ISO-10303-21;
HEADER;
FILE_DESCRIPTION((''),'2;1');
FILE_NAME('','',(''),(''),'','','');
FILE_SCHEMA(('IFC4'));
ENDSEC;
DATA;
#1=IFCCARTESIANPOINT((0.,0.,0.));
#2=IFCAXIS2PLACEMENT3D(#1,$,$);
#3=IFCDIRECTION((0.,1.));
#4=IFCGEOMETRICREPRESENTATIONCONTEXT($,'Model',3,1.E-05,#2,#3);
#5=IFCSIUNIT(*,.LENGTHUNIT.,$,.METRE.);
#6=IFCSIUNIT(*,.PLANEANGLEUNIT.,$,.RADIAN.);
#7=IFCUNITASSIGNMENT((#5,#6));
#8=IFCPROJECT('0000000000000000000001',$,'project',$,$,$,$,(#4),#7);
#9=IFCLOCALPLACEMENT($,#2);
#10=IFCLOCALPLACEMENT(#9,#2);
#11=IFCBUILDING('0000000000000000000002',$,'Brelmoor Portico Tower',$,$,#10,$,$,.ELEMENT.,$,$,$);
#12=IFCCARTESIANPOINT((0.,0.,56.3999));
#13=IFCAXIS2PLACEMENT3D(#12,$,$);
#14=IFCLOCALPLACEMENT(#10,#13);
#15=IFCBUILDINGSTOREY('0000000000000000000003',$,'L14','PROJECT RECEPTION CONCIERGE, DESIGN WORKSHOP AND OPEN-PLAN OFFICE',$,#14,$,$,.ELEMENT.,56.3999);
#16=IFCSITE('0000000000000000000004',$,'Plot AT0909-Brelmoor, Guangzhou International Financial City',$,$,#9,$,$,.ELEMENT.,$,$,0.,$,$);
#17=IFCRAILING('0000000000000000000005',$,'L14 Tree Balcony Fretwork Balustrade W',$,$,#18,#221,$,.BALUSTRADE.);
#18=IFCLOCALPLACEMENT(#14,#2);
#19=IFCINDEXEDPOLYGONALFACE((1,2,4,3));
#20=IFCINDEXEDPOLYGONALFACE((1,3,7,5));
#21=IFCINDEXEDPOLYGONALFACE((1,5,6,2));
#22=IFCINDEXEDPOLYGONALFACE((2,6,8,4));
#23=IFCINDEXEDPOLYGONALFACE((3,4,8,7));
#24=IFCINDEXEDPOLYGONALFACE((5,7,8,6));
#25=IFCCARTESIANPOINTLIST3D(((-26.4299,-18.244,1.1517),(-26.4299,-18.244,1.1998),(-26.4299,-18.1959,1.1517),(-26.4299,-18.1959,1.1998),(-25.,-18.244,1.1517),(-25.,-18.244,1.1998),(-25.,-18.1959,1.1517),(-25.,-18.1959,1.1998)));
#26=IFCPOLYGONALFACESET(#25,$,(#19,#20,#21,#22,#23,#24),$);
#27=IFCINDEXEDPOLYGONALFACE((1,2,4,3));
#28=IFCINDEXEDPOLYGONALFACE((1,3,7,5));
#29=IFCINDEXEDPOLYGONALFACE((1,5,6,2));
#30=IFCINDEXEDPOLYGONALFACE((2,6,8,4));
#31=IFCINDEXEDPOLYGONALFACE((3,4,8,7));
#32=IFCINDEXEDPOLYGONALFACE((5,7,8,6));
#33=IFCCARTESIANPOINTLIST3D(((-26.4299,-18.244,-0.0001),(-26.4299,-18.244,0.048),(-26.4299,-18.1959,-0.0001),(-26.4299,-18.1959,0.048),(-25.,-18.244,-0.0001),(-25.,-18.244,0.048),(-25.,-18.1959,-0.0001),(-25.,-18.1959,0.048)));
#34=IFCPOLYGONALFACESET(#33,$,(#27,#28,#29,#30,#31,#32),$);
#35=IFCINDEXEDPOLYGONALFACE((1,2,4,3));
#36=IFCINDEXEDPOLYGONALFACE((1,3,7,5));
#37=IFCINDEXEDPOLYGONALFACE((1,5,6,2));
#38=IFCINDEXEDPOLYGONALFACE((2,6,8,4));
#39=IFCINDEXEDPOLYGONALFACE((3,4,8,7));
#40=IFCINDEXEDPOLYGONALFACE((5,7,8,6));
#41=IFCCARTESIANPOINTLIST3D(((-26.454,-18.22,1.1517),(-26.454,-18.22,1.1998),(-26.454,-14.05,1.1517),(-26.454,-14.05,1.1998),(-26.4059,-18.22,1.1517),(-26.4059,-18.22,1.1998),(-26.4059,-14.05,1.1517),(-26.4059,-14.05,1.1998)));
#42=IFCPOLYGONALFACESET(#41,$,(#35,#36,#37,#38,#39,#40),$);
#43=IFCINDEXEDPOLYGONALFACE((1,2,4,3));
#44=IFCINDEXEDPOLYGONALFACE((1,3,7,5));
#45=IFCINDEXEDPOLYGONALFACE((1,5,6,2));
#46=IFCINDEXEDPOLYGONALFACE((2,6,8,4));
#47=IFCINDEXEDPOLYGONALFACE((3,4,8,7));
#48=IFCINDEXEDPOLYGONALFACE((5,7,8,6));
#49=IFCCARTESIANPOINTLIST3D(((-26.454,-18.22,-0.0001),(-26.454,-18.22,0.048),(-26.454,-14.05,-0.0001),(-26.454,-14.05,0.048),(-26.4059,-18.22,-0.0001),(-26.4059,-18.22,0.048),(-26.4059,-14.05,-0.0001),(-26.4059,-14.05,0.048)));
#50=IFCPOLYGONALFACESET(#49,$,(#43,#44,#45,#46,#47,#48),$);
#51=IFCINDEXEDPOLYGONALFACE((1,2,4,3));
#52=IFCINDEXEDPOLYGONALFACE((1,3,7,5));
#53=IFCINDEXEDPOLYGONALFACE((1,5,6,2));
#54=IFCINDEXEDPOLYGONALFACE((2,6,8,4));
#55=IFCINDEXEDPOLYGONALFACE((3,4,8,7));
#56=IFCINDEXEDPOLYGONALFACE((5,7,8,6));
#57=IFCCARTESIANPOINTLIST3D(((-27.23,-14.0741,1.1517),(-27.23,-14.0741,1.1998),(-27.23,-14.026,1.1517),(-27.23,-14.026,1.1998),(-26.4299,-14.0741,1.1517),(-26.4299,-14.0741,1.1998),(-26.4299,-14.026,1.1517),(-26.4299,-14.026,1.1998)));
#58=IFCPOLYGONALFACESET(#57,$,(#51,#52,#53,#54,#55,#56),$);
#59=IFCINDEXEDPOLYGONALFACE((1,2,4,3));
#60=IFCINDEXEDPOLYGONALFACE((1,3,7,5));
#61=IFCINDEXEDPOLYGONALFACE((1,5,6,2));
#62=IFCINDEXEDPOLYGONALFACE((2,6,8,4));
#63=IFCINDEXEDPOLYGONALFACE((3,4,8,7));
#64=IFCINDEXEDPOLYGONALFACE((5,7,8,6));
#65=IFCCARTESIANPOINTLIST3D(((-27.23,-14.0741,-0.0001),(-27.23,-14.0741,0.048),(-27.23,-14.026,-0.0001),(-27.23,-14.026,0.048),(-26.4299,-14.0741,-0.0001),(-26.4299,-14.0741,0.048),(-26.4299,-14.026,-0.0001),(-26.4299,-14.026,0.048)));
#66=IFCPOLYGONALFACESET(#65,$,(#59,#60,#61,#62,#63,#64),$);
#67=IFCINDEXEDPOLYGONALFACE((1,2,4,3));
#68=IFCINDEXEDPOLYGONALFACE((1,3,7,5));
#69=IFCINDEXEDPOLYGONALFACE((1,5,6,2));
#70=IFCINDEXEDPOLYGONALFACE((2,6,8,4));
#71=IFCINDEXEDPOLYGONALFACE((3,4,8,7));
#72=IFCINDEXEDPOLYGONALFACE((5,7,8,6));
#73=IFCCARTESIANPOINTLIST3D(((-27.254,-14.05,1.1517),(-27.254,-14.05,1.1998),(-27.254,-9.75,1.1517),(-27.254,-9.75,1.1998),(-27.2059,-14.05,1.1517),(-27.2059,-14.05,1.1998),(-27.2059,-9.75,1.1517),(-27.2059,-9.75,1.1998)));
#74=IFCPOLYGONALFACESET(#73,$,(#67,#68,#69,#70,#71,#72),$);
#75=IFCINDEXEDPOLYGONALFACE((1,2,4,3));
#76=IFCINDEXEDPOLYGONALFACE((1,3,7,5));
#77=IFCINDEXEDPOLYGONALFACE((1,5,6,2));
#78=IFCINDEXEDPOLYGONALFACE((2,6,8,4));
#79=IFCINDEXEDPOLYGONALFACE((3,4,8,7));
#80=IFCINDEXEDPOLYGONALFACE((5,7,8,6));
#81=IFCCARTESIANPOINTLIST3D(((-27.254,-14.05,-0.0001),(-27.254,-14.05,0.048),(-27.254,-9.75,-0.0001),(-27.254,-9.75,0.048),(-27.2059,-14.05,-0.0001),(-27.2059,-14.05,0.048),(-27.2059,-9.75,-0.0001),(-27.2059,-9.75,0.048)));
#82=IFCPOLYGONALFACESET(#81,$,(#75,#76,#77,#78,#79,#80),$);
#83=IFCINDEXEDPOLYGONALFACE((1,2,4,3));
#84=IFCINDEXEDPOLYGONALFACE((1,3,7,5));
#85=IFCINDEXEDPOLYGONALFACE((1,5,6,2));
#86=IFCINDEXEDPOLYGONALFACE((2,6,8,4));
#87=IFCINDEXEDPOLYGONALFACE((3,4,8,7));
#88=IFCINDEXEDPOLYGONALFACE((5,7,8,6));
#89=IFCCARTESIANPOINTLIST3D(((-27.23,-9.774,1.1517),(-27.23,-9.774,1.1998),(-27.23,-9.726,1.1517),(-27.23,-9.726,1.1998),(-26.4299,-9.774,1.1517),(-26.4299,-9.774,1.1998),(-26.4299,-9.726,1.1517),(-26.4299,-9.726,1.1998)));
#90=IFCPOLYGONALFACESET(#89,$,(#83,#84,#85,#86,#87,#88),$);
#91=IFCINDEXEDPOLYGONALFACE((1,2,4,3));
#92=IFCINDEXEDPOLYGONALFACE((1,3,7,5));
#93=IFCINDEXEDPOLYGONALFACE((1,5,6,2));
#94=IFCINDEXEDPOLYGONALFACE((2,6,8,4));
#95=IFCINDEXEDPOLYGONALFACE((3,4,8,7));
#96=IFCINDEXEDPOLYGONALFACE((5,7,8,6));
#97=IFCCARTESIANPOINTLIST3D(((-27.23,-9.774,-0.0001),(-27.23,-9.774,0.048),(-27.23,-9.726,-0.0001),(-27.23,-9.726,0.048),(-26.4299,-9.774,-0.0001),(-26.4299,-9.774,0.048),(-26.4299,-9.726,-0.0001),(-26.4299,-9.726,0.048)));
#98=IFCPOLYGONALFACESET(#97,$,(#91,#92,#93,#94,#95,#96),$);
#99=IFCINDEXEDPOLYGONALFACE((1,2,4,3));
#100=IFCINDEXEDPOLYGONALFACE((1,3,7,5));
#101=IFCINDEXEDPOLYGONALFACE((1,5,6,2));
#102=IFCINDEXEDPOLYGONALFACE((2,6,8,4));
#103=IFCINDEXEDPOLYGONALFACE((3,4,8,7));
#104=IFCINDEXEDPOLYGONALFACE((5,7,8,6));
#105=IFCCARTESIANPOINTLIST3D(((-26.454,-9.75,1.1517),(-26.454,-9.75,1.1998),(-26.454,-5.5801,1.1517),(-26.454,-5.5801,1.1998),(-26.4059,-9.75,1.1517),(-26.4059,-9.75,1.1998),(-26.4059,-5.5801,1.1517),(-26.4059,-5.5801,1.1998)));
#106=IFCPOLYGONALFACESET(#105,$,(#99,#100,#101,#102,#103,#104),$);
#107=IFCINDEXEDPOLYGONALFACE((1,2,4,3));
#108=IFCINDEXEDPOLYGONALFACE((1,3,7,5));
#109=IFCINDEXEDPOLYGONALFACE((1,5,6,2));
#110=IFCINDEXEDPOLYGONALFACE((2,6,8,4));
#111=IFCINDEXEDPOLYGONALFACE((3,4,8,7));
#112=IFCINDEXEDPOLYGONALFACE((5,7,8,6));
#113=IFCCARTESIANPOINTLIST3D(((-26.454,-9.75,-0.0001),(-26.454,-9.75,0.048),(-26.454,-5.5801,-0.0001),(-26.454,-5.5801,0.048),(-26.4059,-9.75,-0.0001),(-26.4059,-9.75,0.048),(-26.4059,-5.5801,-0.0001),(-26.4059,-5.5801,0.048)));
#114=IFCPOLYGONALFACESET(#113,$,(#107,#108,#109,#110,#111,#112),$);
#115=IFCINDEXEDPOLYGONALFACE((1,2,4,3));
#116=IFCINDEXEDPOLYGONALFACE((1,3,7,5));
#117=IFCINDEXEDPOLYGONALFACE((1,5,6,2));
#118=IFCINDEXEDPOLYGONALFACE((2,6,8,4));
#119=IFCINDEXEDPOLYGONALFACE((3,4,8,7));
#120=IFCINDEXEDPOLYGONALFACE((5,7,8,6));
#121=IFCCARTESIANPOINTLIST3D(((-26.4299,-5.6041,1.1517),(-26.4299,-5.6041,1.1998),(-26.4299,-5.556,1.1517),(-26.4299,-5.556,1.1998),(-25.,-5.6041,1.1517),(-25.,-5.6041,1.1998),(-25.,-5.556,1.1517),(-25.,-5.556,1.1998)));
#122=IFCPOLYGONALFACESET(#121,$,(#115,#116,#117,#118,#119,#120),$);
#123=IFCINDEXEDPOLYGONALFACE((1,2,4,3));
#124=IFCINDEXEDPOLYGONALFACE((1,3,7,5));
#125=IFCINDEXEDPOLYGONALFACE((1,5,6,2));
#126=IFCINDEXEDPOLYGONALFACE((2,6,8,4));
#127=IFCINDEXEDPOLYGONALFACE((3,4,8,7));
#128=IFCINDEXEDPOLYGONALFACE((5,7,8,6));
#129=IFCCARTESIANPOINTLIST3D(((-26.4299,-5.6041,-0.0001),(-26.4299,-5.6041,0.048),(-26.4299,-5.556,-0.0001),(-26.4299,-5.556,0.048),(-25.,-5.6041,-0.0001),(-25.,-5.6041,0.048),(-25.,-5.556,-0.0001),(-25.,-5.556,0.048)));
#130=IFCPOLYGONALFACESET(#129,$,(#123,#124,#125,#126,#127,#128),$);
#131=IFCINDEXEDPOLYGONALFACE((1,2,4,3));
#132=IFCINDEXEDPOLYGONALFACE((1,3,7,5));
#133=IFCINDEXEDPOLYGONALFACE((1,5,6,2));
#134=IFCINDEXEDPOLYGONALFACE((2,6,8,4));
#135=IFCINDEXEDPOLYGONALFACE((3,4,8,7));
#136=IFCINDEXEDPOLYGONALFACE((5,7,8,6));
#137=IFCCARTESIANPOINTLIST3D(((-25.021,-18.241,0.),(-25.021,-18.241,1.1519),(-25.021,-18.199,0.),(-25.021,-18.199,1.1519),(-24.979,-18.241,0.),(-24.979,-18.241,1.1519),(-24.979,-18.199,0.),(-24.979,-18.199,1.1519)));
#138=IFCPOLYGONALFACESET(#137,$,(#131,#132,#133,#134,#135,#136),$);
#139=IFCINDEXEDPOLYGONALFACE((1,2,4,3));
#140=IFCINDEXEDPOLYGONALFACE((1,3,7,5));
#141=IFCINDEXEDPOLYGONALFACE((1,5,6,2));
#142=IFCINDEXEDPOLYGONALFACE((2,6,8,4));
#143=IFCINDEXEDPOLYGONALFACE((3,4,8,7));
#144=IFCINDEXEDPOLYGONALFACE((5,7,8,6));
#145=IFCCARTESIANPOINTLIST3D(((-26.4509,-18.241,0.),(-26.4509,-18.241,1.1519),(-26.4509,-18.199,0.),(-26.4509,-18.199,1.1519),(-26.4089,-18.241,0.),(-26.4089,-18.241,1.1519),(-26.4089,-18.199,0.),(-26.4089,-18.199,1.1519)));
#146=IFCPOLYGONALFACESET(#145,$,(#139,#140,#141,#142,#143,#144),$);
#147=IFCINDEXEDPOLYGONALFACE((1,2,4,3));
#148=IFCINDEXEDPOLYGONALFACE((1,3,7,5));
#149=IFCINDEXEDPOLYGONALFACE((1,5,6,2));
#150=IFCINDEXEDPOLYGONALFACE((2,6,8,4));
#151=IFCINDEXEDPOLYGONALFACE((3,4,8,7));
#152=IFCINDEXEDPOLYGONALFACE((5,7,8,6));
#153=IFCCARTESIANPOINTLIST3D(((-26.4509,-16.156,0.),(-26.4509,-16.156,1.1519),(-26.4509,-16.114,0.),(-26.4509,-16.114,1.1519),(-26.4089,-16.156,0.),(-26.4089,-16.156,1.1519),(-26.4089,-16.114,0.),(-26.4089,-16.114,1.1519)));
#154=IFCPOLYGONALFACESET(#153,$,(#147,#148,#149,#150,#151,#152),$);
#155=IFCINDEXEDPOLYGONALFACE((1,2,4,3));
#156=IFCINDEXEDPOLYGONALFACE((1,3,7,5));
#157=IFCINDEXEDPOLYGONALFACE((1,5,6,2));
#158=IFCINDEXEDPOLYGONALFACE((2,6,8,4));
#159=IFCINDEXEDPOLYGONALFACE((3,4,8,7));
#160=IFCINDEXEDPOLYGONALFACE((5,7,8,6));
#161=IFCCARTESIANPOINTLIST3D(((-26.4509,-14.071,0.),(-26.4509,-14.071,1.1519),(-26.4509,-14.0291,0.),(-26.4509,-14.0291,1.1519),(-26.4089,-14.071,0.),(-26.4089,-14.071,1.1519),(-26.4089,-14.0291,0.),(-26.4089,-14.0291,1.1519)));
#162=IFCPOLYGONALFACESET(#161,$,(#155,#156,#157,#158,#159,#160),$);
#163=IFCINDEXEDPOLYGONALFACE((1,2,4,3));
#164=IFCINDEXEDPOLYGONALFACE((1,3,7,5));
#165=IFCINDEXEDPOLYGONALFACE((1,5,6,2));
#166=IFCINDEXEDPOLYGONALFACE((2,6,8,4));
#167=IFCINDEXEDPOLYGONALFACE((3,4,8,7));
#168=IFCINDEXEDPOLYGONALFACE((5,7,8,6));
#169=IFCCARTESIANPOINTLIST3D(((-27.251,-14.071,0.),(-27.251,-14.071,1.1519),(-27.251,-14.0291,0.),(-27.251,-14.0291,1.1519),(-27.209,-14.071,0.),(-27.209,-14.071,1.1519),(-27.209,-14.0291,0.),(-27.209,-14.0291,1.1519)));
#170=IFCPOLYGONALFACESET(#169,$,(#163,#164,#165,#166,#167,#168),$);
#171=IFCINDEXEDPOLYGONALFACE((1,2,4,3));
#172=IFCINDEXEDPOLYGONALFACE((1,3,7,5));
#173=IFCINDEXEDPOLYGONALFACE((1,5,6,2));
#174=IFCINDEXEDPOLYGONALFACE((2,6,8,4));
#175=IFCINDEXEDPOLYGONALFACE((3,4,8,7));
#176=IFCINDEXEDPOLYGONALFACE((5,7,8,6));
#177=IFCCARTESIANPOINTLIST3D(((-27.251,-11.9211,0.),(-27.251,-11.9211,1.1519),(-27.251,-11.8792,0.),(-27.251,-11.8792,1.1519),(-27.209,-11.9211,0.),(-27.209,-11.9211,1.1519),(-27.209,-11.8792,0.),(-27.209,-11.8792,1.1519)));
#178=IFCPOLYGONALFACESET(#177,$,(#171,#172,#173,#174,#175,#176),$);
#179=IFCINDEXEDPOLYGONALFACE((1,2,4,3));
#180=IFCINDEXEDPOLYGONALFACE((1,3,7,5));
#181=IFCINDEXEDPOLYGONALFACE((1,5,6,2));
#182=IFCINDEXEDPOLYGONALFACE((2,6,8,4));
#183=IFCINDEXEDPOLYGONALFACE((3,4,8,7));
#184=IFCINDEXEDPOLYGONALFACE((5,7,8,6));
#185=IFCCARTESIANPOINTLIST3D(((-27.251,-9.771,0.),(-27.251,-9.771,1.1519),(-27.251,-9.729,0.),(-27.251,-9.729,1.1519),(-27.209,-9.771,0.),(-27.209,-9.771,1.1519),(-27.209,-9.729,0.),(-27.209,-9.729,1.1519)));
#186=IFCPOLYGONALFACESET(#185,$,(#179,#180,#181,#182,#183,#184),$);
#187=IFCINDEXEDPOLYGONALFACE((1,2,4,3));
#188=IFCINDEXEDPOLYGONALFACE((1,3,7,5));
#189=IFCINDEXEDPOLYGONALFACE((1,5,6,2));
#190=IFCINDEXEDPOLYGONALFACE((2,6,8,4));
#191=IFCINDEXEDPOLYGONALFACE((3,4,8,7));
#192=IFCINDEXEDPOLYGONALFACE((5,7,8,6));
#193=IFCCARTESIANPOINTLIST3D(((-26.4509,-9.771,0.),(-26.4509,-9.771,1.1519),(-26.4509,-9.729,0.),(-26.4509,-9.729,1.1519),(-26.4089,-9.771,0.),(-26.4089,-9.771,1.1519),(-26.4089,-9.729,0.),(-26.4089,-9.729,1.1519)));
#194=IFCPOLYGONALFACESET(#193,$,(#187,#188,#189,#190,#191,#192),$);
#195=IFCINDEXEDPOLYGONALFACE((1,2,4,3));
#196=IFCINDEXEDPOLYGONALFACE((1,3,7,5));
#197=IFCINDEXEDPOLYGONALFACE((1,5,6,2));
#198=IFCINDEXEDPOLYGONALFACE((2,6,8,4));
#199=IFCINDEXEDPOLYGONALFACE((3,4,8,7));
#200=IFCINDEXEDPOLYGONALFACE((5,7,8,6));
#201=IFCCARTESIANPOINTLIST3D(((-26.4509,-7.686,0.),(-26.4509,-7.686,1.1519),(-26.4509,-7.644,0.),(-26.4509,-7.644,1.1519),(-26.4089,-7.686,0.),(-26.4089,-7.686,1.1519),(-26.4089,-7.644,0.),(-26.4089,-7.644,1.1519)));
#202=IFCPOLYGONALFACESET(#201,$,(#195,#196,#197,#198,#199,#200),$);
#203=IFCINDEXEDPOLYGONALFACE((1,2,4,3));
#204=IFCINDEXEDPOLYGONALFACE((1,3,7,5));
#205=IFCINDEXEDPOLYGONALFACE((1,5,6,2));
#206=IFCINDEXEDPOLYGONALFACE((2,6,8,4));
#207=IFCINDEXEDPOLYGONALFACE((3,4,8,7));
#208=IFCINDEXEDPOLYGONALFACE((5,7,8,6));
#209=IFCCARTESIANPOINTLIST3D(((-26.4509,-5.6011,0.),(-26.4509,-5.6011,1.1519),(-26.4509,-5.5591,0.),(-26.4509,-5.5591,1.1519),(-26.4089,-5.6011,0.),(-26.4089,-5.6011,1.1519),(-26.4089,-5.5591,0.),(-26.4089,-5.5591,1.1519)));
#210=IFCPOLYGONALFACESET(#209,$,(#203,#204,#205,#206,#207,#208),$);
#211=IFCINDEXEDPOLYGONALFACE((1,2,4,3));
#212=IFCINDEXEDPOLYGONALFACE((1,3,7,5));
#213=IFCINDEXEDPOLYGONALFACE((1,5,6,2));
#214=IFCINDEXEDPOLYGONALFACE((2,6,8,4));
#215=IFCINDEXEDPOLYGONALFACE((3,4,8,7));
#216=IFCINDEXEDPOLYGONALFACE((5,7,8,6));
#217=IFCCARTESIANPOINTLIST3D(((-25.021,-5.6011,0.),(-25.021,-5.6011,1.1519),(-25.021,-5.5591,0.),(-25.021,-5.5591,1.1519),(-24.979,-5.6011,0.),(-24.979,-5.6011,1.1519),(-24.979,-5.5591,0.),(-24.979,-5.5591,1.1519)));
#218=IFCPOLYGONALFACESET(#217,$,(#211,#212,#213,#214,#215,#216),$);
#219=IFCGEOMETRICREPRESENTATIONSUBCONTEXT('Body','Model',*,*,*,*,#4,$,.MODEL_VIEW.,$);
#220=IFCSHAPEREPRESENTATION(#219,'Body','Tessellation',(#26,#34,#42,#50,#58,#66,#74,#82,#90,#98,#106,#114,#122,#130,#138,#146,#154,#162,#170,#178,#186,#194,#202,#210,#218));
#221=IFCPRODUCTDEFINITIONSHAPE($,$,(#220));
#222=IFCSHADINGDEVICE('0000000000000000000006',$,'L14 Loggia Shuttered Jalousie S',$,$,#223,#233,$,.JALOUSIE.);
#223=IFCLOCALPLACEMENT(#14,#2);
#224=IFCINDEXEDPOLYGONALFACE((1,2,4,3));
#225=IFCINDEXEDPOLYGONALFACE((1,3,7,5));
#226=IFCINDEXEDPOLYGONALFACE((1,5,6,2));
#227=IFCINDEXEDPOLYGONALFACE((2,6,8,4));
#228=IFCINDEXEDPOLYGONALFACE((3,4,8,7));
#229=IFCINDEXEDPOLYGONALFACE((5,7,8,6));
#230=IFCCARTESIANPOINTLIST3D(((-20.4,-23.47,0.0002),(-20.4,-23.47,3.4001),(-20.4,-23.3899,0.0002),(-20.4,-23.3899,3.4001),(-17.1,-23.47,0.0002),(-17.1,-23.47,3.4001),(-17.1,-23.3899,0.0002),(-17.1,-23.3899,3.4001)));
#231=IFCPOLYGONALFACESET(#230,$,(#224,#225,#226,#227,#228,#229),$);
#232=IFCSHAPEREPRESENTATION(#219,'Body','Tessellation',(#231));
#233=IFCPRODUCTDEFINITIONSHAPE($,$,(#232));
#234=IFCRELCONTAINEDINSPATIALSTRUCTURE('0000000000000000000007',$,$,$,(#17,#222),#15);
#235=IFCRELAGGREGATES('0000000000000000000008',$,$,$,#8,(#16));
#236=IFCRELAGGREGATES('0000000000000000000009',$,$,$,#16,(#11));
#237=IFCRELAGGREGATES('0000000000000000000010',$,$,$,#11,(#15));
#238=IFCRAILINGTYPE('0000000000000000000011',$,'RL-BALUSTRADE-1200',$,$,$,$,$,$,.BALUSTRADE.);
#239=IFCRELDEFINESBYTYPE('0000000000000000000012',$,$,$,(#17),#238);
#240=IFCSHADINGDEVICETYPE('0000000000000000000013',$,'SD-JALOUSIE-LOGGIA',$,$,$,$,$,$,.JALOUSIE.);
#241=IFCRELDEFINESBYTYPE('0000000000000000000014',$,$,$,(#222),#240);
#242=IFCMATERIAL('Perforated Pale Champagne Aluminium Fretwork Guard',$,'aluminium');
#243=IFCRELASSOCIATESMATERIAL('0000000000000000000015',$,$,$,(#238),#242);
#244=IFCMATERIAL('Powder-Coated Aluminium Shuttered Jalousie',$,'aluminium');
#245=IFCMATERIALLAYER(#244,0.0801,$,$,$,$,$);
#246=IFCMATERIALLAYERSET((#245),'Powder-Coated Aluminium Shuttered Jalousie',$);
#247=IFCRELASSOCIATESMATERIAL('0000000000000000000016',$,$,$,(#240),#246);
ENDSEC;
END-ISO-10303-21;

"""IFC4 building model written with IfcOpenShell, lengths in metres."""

from ifc_helpers import new_model, si_unit, direction, frame, origin, origin_2d, place, context, subcontext, project, spatial, rectangle, extrude, material, layer, layer_set, type_object, element, save


model = new_model("IFC4")

# Units and contexts
model_context = context("Model", 3, precision=1e-05, world=origin(), true_north=direction((0.0, 1.0)))
body_context = subcontext(model_context, "Body", "Model", "MODEL_VIEW")
ifc_project = project(units=[si_unit("LENGTHUNIT", "METRE"), si_unit("PLANEANGLEUNIT", "RADIAN")], contexts=[model_context])

# Site, building, storey
site_placement = place(None, origin())
site = spatial("IfcSite", under=ifc_project, at=site_placement, Name="Plot AT0909-Brelmoor, Guangzhou International Financial City", CompositionType="ELEMENT", RefElevation=0.0)
building_placement = place(site_placement, origin())
building = spatial("IfcBuilding", under=site, at=building_placement, Name="Brelmoor Portico Tower", CompositionType="ELEMENT")
storey_placement = place(building_placement, frame((0.0, 0.0, 56.3999)))
storey = spatial("IfcBuildingStorey", under=building, at=storey_placement, Name="L14", Description="PROJECT RECEPTION CONCIERGE, DESIGN WORKSHOP AND OPEN-PLAN OFFICE", CompositionType="ELEMENT", Elevation=56.3999)

# Railing
ifc_material_1 = material(Name="Perforated Pale Champagne Aluminium Fretwork Guard", Category="aluminium")
railing_type = type_object("IfcRailingType", Name="RL-BALUSTRADE-1200", PredefinedType="BALUSTRADE", material=ifc_material_1)
railing_1_placement = place(storey_placement, frame((-25.0, -18.22, 0.0)))
element("IfcRailing", 1, at=railing_1_placement, inside=storey, type_object=railing_type, Name="L14 Tree Balcony Fretwork Balustrade W", PredefinedType="BALUSTRADE", context=body_context, shape_type="SweptSolid", body=[
    extrude(rectangle(XDim=0.0481, YDim=0.0481, at=origin_2d()), frame((0.0, 0.0, 1.1758), z_axis=(-1.0, 0.0, 0.0), x_axis=(0.0, -1.0, 0.0)), (0.0, 0.0, 1.0), 1.4299),
    extrude(rectangle(XDim=0.0481, YDim=0.0481, at=origin_2d()), frame((0.0, 0.0, 0.0239), z_axis=(-1.0, 0.0, 0.0), x_axis=(0.0, -1.0, 0.0)), (0.0, 0.0, 1.0), 1.4299),
    extrude(rectangle(XDim=0.0481, YDim=0.0481, at=origin_2d()), frame((-1.4299, 0.0, 1.1758), z_axis=(0.0, 1.0, 0.0), x_axis=(-1.0, 0.0, 0.0)), (0.0, 0.0, 1.0), 4.1699),
    extrude(rectangle(XDim=0.0481, YDim=0.0481, at=origin_2d()), frame((-1.4299, 0.0, 0.0239), z_axis=(0.0, 1.0, 0.0), x_axis=(-1.0, 0.0, 0.0)), (0.0, 0.0, 1.0), 4.1699),
    extrude(rectangle(XDim=0.0481, YDim=0.0481, at=origin_2d()), frame((-1.4299, 4.1699, 1.1758), z_axis=(-1.0, 0.0, 0.0), x_axis=(0.0, -1.0, 0.0)), (0.0, 0.0, 1.0), 0.8),
    extrude(rectangle(XDim=0.0481, YDim=0.0481, at=origin_2d()), frame((-1.4299, 4.1699, 0.0239), z_axis=(-1.0, 0.0, 0.0), x_axis=(0.0, -1.0, 0.0)), (0.0, 0.0, 1.0), 0.8),
    extrude(rectangle(XDim=0.0481, YDim=0.0481, at=origin_2d()), frame((-2.23, 4.1699, 1.1758), z_axis=(0.0, 1.0, 0.0), x_axis=(-1.0, 0.0, 0.0)), (0.0, 0.0, 1.0), 4.3),
    extrude(rectangle(XDim=0.0481, YDim=0.0481, at=origin_2d()), frame((-2.23, 4.1699, 0.0239), z_axis=(0.0, 1.0, 0.0), x_axis=(-1.0, 0.0, 0.0)), (0.0, 0.0, 1.0), 4.3),
    extrude(rectangle(XDim=0.0481, YDim=0.0481, at=origin_2d()), frame((-2.23, 8.47, 1.1758), z_axis=(1.0, 0.0, 0.0), x_axis=(0.0, 1.0, 0.0)), (0.0, 0.0, 1.0), 0.8),
    extrude(rectangle(XDim=0.0481, YDim=0.0481, at=origin_2d()), frame((-2.23, 8.47, 0.0239), z_axis=(1.0, 0.0, 0.0), x_axis=(0.0, 1.0, 0.0)), (0.0, 0.0, 1.0), 0.8),
    extrude(rectangle(XDim=0.0481, YDim=0.0481, at=origin_2d()), frame((-1.4299, 8.47, 1.1758), z_axis=(0.0, 1.0, 0.0), x_axis=(-1.0, 0.0, 0.0)), (0.0, 0.0, 1.0), 4.1699),
    extrude(rectangle(XDim=0.0481, YDim=0.0481, at=origin_2d()), frame((-1.4299, 8.47, 0.0239), z_axis=(0.0, 1.0, 0.0), x_axis=(-1.0, 0.0, 0.0)), (0.0, 0.0, 1.0), 4.1699),
    extrude(rectangle(XDim=0.0481, YDim=0.0481, at=origin_2d()), frame((-1.4299, 12.6399, 1.1758), z_axis=(1.0, 0.0, 0.0), x_axis=(0.0, 1.0, 0.0)), (0.0, 0.0, 1.0), 1.4299),
    extrude(rectangle(XDim=0.0481, YDim=0.0481, at=origin_2d()), frame((-1.4299, 12.6399, 0.0239), z_axis=(1.0, 0.0, 0.0), x_axis=(0.0, 1.0, 0.0)), (0.0, 0.0, 1.0), 1.4299),
    extrude(rectangle(XDim=0.042, YDim=0.042, at=origin_2d()), origin(), (0.0, 0.0, 1.0), 1.1519),
    extrude(rectangle(XDim=0.042, YDim=0.042, at=origin_2d()), frame((-1.4299, 0.0, 0.0)), (0.0, 0.0, 1.0), 1.1519),
    extrude(rectangle(XDim=0.042, YDim=0.042, at=origin_2d()), frame((-1.4299, 2.085, 0.0)), (0.0, 0.0, 1.0), 1.1519),
    extrude(rectangle(XDim=0.042, YDim=0.042, at=origin_2d()), frame((-1.4299, 4.1699, 0.0)), (0.0, 0.0, 1.0), 1.1519),
    extrude(rectangle(XDim=0.042, YDim=0.042, at=origin_2d()), frame((-2.23, 4.1699, 0.0)), (0.0, 0.0, 1.0), 1.1519),
    extrude(rectangle(XDim=0.042, YDim=0.042, at=origin_2d()), frame((-2.23, 6.3198, 0.0)), (0.0, 0.0, 1.0), 1.1519),
    extrude(rectangle(XDim=0.042, YDim=0.042, at=origin_2d()), frame((-2.23, 8.47, 0.0)), (0.0, 0.0, 1.0), 1.1519),
    extrude(rectangle(XDim=0.042, YDim=0.042, at=origin_2d()), frame((-1.4299, 8.47, 0.0)), (0.0, 0.0, 1.0), 1.1519),
    extrude(rectangle(XDim=0.042, YDim=0.042, at=origin_2d()), frame((-1.4299, 10.5549, 0.0)), (0.0, 0.0, 1.0), 1.1519),
    extrude(rectangle(XDim=0.042, YDim=0.042, at=origin_2d()), frame((-1.4299, 12.6399, 0.0)), (0.0, 0.0, 1.0), 1.1519),
    extrude(rectangle(XDim=0.042, YDim=0.042, at=origin_2d()), frame((0.0, 12.6399, 0.0)), (0.0, 0.0, 1.0), 1.1519),
])

# Shading device
ifc_material_2 = material(Name="Powder-Coated Aluminium Shuttered Jalousie", Category="aluminium")
ifc_layer_1 = layer(ifc_material_2, 0.0801)
ifc_layer_set_1 = layer_set([ifc_layer_1], Name="Powder-Coated Aluminium Shuttered Jalousie")
shading_device_type = type_object("IfcShadingDeviceType", Name="SD-JALOUSIE-LOGGIA", PredefinedType="JALOUSIE", material=ifc_layer_set_1)
shading_device_placement = place(storey_placement, frame((-18.75, -23.4299, 0.0002), z_axis=(0.0, 0.0, 1.0), x_axis=(1.0, 0.0, 0.0)))
element("IfcShadingDevice", 2, at=shading_device_placement, inside=storey, type_object=shading_device_type, Name="L14 Loggia Shuttered Jalousie S", PredefinedType="JALOUSIE", context=body_context, shape_type="SweptSolid", body=[
    extrude(rectangle(XDim=3.3, YDim=0.0801, at=origin_2d()), origin(), (0.0, 0.0, 1.0), 3.3999),
])

save(model, "model.ifc")
